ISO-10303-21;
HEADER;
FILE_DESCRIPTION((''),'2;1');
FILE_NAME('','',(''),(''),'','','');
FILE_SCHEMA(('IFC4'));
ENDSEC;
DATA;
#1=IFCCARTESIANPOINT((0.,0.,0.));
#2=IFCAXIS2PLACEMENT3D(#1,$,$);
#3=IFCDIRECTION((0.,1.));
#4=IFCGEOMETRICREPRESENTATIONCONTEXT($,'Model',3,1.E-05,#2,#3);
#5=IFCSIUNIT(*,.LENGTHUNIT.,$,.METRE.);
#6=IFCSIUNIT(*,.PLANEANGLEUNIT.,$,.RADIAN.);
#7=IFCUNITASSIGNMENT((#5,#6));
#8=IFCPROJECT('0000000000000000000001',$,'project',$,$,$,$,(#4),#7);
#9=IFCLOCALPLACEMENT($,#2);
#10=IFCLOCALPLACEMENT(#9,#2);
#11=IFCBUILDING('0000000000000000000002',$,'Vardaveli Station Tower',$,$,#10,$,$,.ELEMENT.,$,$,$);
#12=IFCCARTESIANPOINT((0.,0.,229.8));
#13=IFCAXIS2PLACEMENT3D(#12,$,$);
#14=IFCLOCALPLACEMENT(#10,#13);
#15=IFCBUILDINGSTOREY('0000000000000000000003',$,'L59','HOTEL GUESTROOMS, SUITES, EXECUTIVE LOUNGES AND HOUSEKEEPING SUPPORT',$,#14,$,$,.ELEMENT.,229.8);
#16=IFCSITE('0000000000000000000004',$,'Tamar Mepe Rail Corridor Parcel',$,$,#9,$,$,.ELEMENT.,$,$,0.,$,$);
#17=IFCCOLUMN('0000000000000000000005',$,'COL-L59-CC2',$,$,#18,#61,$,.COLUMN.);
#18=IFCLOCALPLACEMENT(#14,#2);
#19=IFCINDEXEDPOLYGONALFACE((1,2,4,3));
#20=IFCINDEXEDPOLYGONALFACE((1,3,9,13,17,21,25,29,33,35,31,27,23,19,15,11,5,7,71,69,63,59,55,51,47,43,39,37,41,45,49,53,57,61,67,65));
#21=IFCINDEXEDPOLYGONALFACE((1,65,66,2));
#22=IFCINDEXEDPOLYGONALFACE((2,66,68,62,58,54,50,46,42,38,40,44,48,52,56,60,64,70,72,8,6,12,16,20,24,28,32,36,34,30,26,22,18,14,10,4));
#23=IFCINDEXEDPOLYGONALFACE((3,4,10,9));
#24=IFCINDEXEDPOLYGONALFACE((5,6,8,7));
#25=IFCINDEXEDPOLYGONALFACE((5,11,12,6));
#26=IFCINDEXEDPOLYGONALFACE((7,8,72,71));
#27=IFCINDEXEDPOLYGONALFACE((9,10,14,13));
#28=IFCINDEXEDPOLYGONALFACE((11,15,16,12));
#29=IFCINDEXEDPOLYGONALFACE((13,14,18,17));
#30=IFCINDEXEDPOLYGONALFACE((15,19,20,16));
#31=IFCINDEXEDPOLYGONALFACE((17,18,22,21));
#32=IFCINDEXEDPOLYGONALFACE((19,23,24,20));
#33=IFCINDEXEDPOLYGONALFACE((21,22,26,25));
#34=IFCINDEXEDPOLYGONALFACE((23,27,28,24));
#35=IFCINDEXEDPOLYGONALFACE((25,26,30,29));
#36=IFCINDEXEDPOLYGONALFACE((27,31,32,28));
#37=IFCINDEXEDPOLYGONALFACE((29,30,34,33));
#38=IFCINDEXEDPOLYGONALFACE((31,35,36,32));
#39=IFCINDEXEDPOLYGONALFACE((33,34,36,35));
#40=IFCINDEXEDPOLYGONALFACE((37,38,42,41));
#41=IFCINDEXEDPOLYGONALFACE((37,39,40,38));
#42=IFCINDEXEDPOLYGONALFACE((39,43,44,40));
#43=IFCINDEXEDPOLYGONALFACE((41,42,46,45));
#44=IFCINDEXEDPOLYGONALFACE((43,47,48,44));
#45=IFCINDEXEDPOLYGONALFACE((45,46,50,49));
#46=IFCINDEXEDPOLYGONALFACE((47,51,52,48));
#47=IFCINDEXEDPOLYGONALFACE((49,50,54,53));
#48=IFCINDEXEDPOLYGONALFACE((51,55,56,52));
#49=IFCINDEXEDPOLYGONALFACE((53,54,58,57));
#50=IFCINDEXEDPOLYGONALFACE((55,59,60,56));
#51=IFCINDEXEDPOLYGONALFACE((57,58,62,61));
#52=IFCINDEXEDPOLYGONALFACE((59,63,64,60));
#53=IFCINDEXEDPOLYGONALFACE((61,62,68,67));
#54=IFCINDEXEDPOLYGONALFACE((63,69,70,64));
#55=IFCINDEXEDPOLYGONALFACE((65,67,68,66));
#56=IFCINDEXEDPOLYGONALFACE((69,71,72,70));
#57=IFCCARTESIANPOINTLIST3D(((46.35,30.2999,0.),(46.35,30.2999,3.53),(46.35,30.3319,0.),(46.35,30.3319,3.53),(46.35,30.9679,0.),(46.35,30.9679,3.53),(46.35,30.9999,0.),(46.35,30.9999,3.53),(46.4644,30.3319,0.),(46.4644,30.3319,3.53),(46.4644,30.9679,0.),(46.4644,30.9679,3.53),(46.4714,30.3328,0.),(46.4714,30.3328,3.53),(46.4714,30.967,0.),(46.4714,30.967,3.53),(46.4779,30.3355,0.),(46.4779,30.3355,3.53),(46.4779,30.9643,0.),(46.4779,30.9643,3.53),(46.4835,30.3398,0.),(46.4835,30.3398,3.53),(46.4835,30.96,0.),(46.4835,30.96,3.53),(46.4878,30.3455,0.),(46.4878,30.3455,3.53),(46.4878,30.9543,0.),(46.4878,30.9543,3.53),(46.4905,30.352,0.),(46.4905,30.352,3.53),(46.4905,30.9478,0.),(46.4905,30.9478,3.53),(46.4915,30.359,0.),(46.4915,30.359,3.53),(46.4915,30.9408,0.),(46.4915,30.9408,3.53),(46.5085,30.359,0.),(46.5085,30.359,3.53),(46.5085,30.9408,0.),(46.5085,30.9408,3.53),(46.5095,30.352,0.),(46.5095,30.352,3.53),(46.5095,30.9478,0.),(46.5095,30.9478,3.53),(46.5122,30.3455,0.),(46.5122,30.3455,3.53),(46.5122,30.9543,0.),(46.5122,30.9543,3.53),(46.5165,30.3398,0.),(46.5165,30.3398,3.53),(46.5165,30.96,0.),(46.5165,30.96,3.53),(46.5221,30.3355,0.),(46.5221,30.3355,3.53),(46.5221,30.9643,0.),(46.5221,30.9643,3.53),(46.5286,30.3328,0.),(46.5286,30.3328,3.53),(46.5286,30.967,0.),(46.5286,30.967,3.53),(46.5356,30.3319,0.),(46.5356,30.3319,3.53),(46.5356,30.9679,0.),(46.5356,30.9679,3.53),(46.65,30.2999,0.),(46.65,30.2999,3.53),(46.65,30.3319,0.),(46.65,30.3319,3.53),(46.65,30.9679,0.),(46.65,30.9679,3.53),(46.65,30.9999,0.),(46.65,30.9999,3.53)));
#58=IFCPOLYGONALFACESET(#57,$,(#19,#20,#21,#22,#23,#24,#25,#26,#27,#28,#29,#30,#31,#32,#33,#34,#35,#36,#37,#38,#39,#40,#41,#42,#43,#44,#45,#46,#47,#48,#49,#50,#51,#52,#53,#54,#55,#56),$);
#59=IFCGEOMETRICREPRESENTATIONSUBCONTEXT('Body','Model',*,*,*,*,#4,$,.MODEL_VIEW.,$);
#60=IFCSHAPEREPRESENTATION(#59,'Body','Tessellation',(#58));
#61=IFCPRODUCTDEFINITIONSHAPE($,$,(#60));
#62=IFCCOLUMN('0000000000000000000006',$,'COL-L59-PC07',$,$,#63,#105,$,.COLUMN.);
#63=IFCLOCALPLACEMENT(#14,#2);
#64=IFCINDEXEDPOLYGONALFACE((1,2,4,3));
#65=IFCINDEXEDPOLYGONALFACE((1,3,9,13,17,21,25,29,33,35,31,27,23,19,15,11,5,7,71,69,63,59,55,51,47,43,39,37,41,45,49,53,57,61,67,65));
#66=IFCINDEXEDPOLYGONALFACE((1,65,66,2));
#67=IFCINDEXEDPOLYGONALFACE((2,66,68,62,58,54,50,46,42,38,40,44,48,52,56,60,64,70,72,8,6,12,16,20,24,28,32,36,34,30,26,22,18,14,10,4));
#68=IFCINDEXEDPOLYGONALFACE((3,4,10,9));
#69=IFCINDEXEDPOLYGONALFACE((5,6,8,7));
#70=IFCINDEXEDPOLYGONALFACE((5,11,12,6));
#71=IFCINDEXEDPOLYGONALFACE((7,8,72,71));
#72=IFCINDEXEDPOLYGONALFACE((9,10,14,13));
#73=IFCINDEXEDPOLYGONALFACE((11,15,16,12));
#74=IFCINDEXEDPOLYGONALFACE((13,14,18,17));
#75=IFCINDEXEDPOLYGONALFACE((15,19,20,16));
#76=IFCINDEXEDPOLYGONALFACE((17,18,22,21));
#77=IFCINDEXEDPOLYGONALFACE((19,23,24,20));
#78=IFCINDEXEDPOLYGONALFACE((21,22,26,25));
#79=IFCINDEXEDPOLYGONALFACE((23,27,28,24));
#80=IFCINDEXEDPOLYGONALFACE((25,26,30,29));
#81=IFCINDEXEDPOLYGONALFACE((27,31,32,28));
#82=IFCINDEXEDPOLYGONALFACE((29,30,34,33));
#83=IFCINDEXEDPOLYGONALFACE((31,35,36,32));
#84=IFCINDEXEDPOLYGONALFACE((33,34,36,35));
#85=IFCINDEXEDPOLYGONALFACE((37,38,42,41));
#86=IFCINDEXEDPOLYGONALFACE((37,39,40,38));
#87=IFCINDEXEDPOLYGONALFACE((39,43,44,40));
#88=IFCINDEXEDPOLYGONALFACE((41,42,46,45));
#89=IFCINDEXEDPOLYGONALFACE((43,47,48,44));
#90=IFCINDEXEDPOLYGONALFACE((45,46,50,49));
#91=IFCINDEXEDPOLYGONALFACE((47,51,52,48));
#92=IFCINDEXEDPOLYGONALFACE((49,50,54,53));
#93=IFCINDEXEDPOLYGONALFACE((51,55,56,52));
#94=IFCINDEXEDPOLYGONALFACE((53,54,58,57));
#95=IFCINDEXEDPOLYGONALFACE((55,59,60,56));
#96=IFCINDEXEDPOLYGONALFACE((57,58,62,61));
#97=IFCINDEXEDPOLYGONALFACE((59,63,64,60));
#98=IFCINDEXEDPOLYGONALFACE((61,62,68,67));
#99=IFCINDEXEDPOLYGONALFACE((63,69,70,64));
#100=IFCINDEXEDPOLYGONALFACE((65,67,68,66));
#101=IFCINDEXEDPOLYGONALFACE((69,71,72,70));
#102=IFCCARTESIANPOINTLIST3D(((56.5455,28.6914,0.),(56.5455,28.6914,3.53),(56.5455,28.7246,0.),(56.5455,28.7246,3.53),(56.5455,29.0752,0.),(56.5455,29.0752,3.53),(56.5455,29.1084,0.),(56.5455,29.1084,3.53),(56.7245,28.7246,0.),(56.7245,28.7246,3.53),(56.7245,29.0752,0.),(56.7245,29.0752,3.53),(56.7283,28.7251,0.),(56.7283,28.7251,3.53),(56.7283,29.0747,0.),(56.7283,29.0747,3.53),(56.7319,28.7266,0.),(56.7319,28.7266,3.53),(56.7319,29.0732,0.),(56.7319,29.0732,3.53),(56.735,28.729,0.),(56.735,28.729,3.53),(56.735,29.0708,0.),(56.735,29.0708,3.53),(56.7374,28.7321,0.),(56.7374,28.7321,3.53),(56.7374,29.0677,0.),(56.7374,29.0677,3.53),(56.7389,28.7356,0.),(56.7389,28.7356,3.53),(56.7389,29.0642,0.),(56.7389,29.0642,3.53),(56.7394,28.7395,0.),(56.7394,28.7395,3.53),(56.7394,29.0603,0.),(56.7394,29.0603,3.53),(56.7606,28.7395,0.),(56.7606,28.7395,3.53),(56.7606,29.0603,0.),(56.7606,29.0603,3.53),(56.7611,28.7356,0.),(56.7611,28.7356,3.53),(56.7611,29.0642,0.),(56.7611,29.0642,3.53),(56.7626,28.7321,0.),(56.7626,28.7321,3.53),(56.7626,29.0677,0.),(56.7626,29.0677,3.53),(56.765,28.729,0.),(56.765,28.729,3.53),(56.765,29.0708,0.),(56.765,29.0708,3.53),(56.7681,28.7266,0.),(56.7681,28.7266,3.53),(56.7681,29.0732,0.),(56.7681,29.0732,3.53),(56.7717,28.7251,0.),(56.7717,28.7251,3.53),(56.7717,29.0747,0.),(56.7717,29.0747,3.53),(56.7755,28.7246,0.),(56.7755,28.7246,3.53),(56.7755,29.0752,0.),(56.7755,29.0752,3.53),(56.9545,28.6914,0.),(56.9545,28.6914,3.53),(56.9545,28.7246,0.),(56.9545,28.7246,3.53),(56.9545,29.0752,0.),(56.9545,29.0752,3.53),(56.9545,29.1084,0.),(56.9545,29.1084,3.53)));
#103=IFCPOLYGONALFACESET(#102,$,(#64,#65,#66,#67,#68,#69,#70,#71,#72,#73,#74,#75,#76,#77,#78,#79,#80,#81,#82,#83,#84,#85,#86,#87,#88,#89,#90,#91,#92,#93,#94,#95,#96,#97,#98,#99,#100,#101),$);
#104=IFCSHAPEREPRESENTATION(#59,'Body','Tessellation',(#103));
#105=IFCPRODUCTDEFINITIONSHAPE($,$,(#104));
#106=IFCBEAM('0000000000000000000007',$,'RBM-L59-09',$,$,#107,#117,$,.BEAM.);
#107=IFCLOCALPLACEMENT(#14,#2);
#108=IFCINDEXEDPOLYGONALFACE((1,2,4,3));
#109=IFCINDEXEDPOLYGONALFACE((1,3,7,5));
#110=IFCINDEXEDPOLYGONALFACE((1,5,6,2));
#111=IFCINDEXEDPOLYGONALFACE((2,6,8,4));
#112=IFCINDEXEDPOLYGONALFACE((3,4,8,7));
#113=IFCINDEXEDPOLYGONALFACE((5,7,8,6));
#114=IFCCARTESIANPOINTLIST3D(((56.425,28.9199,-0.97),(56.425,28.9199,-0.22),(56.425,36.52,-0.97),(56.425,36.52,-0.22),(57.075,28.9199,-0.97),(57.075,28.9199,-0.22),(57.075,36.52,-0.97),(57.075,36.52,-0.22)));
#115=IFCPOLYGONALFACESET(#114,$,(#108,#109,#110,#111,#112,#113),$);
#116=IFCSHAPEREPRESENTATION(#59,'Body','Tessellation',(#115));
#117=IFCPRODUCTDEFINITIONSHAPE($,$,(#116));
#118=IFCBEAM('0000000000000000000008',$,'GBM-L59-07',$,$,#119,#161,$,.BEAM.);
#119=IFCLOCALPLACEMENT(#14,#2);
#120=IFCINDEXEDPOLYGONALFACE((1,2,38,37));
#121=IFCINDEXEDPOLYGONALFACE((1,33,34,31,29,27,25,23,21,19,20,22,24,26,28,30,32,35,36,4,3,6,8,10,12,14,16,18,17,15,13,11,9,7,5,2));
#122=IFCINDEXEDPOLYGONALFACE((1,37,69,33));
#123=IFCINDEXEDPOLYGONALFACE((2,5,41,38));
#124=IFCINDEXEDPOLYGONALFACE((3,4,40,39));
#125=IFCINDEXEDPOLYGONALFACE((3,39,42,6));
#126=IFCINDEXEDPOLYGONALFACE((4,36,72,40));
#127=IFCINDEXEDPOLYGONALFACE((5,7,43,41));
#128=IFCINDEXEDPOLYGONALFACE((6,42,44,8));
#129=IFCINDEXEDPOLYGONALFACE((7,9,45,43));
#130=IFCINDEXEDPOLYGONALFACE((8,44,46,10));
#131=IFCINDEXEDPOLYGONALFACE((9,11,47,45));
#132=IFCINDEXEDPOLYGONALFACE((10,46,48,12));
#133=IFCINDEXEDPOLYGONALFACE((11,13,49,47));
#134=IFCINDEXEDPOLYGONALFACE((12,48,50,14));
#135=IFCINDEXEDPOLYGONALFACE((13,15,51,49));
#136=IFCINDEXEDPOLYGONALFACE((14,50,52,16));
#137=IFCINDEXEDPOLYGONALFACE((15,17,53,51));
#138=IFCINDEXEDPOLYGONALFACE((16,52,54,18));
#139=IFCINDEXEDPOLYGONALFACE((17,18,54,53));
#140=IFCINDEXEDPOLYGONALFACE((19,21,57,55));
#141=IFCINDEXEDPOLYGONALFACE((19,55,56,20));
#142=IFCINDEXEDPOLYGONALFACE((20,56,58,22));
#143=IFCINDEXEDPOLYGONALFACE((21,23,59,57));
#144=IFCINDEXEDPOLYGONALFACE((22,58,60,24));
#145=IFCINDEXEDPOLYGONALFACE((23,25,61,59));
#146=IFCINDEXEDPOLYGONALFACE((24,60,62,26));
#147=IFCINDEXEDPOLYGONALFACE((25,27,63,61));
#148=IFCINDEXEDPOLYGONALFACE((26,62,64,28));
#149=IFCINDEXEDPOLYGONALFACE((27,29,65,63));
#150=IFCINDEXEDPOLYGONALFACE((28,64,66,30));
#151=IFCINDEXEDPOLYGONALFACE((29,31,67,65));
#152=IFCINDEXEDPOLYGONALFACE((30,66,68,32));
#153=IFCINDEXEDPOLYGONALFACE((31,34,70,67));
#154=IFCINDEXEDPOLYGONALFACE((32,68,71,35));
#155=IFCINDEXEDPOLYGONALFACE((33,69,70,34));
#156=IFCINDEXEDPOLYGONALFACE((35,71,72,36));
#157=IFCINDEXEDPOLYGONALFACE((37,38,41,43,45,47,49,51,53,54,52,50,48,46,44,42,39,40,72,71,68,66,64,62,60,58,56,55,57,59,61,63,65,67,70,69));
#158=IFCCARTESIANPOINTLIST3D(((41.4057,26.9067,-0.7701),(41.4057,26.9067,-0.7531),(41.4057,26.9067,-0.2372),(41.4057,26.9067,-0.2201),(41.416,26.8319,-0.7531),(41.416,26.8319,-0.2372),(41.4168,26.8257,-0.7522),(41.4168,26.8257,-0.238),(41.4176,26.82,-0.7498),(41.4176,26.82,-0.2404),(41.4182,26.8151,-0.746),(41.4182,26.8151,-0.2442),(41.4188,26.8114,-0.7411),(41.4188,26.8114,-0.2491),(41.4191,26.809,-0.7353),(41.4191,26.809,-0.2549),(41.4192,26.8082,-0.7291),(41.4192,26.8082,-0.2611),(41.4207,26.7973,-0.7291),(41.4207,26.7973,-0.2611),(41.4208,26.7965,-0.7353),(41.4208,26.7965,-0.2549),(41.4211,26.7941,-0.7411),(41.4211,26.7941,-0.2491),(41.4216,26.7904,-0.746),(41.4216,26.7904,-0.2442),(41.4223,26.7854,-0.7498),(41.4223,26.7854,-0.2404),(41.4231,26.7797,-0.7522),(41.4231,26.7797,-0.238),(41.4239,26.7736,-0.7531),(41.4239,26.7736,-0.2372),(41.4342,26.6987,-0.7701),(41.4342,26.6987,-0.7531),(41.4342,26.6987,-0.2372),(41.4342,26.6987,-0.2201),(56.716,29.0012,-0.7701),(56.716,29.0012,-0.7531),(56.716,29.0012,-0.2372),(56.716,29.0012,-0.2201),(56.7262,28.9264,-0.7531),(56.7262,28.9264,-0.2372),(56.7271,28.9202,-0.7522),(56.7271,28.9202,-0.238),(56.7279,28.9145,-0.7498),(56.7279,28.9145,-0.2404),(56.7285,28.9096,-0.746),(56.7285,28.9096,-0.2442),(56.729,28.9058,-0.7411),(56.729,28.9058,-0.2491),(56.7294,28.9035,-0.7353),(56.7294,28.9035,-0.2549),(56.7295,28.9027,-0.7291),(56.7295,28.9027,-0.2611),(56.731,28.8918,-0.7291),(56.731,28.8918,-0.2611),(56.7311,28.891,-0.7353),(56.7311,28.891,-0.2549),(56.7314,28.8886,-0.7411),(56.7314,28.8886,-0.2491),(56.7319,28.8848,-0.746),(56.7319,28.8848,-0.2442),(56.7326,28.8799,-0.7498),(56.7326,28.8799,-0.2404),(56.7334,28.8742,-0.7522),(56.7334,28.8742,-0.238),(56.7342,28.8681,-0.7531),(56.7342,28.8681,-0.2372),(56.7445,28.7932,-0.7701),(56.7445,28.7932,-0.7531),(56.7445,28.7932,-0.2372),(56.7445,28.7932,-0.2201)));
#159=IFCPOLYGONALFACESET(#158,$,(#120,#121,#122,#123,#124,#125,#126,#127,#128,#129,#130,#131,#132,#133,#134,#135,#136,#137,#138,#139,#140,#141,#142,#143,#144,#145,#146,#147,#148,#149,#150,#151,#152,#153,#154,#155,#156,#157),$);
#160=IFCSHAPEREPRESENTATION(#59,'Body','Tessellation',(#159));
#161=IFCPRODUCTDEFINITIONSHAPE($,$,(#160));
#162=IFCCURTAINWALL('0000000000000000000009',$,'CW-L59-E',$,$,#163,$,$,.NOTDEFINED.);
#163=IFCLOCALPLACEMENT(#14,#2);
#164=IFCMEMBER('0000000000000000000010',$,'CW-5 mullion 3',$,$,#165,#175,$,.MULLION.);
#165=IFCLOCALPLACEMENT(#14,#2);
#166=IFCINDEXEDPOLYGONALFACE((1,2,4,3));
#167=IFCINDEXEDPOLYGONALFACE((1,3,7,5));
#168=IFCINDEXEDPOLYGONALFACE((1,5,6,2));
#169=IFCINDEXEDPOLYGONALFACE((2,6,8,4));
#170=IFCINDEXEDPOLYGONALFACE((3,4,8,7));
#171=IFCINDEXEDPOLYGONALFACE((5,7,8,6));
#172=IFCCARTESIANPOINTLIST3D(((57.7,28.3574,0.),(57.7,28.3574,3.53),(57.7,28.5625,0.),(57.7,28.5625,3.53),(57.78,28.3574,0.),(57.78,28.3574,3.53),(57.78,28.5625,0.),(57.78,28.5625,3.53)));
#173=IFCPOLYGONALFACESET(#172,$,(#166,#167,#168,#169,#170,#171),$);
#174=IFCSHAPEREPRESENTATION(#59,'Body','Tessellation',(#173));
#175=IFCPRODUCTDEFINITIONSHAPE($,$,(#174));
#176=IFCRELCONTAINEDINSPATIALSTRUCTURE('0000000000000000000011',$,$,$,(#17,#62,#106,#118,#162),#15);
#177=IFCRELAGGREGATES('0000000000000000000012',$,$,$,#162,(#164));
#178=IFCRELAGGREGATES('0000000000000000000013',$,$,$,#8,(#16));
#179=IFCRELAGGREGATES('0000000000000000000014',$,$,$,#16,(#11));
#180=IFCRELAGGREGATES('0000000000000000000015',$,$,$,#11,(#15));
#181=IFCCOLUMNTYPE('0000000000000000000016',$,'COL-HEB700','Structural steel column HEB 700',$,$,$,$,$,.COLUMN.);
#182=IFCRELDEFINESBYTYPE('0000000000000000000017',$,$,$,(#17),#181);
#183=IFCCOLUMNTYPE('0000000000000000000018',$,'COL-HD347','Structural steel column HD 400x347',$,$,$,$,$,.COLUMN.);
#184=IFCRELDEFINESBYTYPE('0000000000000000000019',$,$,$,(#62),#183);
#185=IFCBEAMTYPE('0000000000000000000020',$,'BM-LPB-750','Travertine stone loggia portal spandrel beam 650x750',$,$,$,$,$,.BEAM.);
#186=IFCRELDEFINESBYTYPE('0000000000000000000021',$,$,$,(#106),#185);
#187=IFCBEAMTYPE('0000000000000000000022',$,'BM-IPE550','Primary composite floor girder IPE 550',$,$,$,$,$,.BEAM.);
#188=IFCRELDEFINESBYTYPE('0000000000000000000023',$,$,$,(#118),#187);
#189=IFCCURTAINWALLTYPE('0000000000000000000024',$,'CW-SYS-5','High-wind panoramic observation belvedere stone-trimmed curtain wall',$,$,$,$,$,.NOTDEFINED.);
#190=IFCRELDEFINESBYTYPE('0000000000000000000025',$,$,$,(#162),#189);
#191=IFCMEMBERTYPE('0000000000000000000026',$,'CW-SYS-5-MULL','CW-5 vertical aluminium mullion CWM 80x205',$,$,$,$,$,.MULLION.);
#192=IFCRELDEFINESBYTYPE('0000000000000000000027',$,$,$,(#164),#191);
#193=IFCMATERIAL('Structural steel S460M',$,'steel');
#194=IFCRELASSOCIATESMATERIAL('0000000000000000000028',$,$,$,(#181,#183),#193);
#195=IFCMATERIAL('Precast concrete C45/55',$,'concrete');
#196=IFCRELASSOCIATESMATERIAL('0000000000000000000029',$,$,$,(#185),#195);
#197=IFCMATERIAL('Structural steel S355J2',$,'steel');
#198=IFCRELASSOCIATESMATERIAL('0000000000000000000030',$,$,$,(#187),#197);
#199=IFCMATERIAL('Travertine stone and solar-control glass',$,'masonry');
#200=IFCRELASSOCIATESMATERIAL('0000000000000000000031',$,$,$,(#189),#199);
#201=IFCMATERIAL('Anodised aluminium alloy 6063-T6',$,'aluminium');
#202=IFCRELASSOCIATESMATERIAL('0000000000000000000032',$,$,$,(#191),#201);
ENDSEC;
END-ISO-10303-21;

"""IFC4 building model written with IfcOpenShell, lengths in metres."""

from ifc_helpers import new_model, si_unit, direction, frame, origin, origin_2d, place, context, subcontext, project, spatial, rectangle, i_section, extrude, source, transform, mapped, material, material_profile, profile_set, type_object, element, aggregate, save


model = new_model("IFC4")

# Units and contexts
model_context = context("Model", 3, precision=1e-05, world=origin(), true_north=direction((0.0, 1.0)))
body_context = subcontext(model_context, "Body", "Model", "MODEL_VIEW")
ifc_project = project(units=[si_unit("LENGTHUNIT", "METRE"), si_unit("PLANEANGLEUNIT", "RADIAN")], contexts=[model_context])

# Site, building, storey
site_placement = place(None, origin())
site = spatial("IfcSite", under=ifc_project, at=site_placement, Name="Tamar Mepe Rail Corridor Parcel", CompositionType="ELEMENT", RefElevation=0.0)
building_placement = place(site_placement, origin())
building = spatial("IfcBuilding", under=site, at=building_placement, Name="Vardaveli Station Tower", CompositionType="ELEMENT")
storey_placement = place(building_placement, frame((0.0, 0.0, 229.8)))
storey = spatial("IfcBuildingStorey", under=building, at=storey_placement, Name="L59", Description="HOTEL GUESTROOMS, SUITES, EXECUTIVE LOUNGES AND HOUSEKEEPING SUPPORT", CompositionType="ELEMENT", Elevation=229.8)

# Columns
ifc_material_1 = material(Name="Structural steel S460M", Category="steel")
ifc_material_profile_1 = material_profile(ifc_material_1, i_section(OverallWidth=0.3, OverallDepth=0.7, WebThickness=0.0171, FlangeThickness=0.032, FilletRadius=0.0271, at=origin_2d()), Name="HEB 700")
ifc_profile_set_1 = profile_set([ifc_material_profile_1], Name="Structural steel S460M")
column_type_1 = type_object("IfcColumnType", Name="COL-HEB700", Description="Structural steel column HEB 700", PredefinedType="COLUMN", material=ifc_profile_set_1)
shared_shape_1 = source(origin(), body_context, "Body", "SweptSolid", [
    extrude(i_section(OverallWidth=0.3, OverallDepth=0.7, WebThickness=0.0171, FlangeThickness=0.032, FilletRadius=0.0271, at=origin_2d()), origin(), (0.0, 0.0, 1.0), 3.53),
])
column_1_placement = place(storey_placement, frame((46.5, 30.6499, 0.0), z_axis=(0.0, 0.0, 1.0), x_axis=(1.0, 0.0, 0.0)))
element("IfcColumn", 1, at=column_1_placement, inside=storey, type_object=column_type_1, Name="COL-L59-CC2", PredefinedType="COLUMN", context=body_context, shape_type="MappedRepresentation", body=[
    mapped(shared_shape_1, transform((0.0, 0.0, 0.0), scale=1.0)),
])
ifc_material_profile_2 = material_profile(ifc_material_1, i_section(OverallWidth=0.4089, OverallDepth=0.417, WebThickness=0.0212, FlangeThickness=0.0332, FilletRadius=0.0149, at=origin_2d()), Name="HD 400x347")
ifc_profile_set_2 = profile_set([ifc_material_profile_2], Name="Structural steel S460M")
column_type_2 = type_object("IfcColumnType", Name="COL-HD347", Description="Structural steel column HD 400x347", PredefinedType="COLUMN", material=ifc_profile_set_2)
shared_shape_2 = source(origin(), body_context, "Body", "SweptSolid", [
    extrude(i_section(OverallWidth=0.4089, OverallDepth=0.417, WebThickness=0.0212, FlangeThickness=0.0332, FilletRadius=0.0149, at=origin_2d()), origin(), (0.0, 0.0, 1.0), 3.53),
])
column_2_placement = place(storey_placement, frame((56.75, 28.8999, 0.0), z_axis=(0.0, 0.0, 1.0), x_axis=(1.0, 0.0, 0.0)))
element("IfcColumn", 2, at=column_2_placement, inside=storey, type_object=column_type_2, Name="COL-L59-PC07", PredefinedType="COLUMN", context=body_context, shape_type="MappedRepresentation", body=[
    mapped(shared_shape_2, transform((0.0, 0.0, 0.0), scale=1.0)),
])

# Beams
ifc_material_2 = material(Name="Precast concrete C45/55", Category="concrete")
ifc_material_profile_3 = material_profile(ifc_material_2, rectangle(XDim=0.6499, YDim=0.75, at=origin_2d()), Name="LPB 650x750")
ifc_profile_set_3 = profile_set([ifc_material_profile_3], Name="Precast concrete C45/55")
beam_type_1 = type_object("IfcBeamType", Name="BM-LPB-750", Description="Travertine stone loggia portal spandrel beam 650x750", PredefinedType="BEAM", material=ifc_profile_set_3)
shared_shape_3 = source(origin(), body_context, "Body", "SweptSolid", [
    extrude(rectangle(XDim=0.6499, YDim=0.75, at=origin_2d()), origin(), (0.0, 0.0, 1.0), 7.6001),
])
beam_1_placement = place(storey_placement, frame((56.75, 28.9199, -0.595), z_axis=(0.0, 1.0, 0.0), x_axis=(-1.0, 0.0, 0.0)))
element("IfcBeam", 3, at=beam_1_placement, inside=storey, type_object=beam_type_1, Name="RBM-L59-09", PredefinedType="BEAM", context=body_context, shape_type="MappedRepresentation", body=[
    mapped(shared_shape_3, transform((0.0, 0.0, 0.0), scale=1.0)),
])
ifc_material_3 = material(Name="Structural steel S355J2", Category="steel")
ifc_material_profile_4 = material_profile(ifc_material_3, i_section(OverallWidth=0.21, OverallDepth=0.55, WebThickness=0.011, FlangeThickness=0.0171, FilletRadius=0.0239, at=origin_2d()), Name="IPE 550")
ifc_profile_set_4 = profile_set([ifc_material_profile_4], Name="Structural steel S355J2")
beam_type_2 = type_object("IfcBeamType", Name="BM-IPE550", Description="Primary composite floor girder IPE 550", PredefinedType="BEAM", material=ifc_profile_set_4)
shared_shape_4 = source(origin(), body_context, "Body", "SweptSolid", [
    extrude(i_section(OverallWidth=0.21, OverallDepth=0.55, WebThickness=0.011, FlangeThickness=0.0171, FilletRadius=0.0239, at=origin_2d()), origin(), (0.0, 0.0, 1.0), 15.4529),
])
beam_2_placement = place(storey_placement, frame((56.7302, 28.8972, -0.4951), z_axis=(-0.990772, -0.13554, 0.0), x_axis=(0.13554, -0.990772, 0.0)))
element("IfcBeam", 4, at=beam_2_placement, inside=storey, type_object=beam_type_2, Name="GBM-L59-07", PredefinedType="BEAM", context=body_context, shape_type="MappedRepresentation", body=[
    mapped(shared_shape_4, transform((0.0, 0.0, 0.0), scale=1.0)),
])

# Curtain wall, member
ifc_material_4 = material(Name="Travertine stone and solar-control glass", Category="masonry")
curtain_wall_type = type_object("IfcCurtainWallType", Name="CW-SYS-5", Description="High-wind panoramic observation belvedere stone-trimmed curtain wall", PredefinedType="NOTDEFINED", material=ifc_material_4)
curtain_wall_placement = place(storey_placement, origin())
curtain_wall = element("IfcCurtainWall", 5, at=curtain_wall_placement, inside=storey, type_object=curtain_wall_type, Name="CW-L59-E", PredefinedType="NOTDEFINED")
ifc_material_5 = material(Name="Anodised aluminium alloy 6063-T6", Category="aluminium")
ifc_material_profile_5 = material_profile(ifc_material_5, rectangle(XDim=0.0801, YDim=0.2051, at=origin_2d()), Name="CWM 80x205")
ifc_profile_set_5 = profile_set([ifc_material_profile_5], Name="Anodised aluminium alloy 6063-T6")
member_type = type_object("IfcMemberType", Name="CW-SYS-5-MULL", Description="CW-5 vertical aluminium mullion CWM 80x205", PredefinedType="MULLION", material=ifc_profile_set_5)
shared_shape_5 = source(origin(), body_context, "Body", "SweptSolid", [
    extrude(rectangle(XDim=0.0801, YDim=0.2051, at=origin_2d()), origin(), (0.0, 0.0, 1.0), 3.53),
])
member_placement = place(storey_placement, frame((57.74, 28.46, 0.0), z_axis=(0.0, 0.0, 1.0), x_axis=(-1.0, 0.0, 0.0)))
member = element("IfcMember", 6, at=member_placement, type_object=member_type, Name="CW-5 mullion 3", PredefinedType="MULLION", context=body_context, shape_type="MappedRepresentation", body=[
    mapped(shared_shape_5, transform((0.0, 0.0, 0.0), scale=1.0)),
])
aggregate(curtain_wall, [member])

save(model, "model.ifc")
